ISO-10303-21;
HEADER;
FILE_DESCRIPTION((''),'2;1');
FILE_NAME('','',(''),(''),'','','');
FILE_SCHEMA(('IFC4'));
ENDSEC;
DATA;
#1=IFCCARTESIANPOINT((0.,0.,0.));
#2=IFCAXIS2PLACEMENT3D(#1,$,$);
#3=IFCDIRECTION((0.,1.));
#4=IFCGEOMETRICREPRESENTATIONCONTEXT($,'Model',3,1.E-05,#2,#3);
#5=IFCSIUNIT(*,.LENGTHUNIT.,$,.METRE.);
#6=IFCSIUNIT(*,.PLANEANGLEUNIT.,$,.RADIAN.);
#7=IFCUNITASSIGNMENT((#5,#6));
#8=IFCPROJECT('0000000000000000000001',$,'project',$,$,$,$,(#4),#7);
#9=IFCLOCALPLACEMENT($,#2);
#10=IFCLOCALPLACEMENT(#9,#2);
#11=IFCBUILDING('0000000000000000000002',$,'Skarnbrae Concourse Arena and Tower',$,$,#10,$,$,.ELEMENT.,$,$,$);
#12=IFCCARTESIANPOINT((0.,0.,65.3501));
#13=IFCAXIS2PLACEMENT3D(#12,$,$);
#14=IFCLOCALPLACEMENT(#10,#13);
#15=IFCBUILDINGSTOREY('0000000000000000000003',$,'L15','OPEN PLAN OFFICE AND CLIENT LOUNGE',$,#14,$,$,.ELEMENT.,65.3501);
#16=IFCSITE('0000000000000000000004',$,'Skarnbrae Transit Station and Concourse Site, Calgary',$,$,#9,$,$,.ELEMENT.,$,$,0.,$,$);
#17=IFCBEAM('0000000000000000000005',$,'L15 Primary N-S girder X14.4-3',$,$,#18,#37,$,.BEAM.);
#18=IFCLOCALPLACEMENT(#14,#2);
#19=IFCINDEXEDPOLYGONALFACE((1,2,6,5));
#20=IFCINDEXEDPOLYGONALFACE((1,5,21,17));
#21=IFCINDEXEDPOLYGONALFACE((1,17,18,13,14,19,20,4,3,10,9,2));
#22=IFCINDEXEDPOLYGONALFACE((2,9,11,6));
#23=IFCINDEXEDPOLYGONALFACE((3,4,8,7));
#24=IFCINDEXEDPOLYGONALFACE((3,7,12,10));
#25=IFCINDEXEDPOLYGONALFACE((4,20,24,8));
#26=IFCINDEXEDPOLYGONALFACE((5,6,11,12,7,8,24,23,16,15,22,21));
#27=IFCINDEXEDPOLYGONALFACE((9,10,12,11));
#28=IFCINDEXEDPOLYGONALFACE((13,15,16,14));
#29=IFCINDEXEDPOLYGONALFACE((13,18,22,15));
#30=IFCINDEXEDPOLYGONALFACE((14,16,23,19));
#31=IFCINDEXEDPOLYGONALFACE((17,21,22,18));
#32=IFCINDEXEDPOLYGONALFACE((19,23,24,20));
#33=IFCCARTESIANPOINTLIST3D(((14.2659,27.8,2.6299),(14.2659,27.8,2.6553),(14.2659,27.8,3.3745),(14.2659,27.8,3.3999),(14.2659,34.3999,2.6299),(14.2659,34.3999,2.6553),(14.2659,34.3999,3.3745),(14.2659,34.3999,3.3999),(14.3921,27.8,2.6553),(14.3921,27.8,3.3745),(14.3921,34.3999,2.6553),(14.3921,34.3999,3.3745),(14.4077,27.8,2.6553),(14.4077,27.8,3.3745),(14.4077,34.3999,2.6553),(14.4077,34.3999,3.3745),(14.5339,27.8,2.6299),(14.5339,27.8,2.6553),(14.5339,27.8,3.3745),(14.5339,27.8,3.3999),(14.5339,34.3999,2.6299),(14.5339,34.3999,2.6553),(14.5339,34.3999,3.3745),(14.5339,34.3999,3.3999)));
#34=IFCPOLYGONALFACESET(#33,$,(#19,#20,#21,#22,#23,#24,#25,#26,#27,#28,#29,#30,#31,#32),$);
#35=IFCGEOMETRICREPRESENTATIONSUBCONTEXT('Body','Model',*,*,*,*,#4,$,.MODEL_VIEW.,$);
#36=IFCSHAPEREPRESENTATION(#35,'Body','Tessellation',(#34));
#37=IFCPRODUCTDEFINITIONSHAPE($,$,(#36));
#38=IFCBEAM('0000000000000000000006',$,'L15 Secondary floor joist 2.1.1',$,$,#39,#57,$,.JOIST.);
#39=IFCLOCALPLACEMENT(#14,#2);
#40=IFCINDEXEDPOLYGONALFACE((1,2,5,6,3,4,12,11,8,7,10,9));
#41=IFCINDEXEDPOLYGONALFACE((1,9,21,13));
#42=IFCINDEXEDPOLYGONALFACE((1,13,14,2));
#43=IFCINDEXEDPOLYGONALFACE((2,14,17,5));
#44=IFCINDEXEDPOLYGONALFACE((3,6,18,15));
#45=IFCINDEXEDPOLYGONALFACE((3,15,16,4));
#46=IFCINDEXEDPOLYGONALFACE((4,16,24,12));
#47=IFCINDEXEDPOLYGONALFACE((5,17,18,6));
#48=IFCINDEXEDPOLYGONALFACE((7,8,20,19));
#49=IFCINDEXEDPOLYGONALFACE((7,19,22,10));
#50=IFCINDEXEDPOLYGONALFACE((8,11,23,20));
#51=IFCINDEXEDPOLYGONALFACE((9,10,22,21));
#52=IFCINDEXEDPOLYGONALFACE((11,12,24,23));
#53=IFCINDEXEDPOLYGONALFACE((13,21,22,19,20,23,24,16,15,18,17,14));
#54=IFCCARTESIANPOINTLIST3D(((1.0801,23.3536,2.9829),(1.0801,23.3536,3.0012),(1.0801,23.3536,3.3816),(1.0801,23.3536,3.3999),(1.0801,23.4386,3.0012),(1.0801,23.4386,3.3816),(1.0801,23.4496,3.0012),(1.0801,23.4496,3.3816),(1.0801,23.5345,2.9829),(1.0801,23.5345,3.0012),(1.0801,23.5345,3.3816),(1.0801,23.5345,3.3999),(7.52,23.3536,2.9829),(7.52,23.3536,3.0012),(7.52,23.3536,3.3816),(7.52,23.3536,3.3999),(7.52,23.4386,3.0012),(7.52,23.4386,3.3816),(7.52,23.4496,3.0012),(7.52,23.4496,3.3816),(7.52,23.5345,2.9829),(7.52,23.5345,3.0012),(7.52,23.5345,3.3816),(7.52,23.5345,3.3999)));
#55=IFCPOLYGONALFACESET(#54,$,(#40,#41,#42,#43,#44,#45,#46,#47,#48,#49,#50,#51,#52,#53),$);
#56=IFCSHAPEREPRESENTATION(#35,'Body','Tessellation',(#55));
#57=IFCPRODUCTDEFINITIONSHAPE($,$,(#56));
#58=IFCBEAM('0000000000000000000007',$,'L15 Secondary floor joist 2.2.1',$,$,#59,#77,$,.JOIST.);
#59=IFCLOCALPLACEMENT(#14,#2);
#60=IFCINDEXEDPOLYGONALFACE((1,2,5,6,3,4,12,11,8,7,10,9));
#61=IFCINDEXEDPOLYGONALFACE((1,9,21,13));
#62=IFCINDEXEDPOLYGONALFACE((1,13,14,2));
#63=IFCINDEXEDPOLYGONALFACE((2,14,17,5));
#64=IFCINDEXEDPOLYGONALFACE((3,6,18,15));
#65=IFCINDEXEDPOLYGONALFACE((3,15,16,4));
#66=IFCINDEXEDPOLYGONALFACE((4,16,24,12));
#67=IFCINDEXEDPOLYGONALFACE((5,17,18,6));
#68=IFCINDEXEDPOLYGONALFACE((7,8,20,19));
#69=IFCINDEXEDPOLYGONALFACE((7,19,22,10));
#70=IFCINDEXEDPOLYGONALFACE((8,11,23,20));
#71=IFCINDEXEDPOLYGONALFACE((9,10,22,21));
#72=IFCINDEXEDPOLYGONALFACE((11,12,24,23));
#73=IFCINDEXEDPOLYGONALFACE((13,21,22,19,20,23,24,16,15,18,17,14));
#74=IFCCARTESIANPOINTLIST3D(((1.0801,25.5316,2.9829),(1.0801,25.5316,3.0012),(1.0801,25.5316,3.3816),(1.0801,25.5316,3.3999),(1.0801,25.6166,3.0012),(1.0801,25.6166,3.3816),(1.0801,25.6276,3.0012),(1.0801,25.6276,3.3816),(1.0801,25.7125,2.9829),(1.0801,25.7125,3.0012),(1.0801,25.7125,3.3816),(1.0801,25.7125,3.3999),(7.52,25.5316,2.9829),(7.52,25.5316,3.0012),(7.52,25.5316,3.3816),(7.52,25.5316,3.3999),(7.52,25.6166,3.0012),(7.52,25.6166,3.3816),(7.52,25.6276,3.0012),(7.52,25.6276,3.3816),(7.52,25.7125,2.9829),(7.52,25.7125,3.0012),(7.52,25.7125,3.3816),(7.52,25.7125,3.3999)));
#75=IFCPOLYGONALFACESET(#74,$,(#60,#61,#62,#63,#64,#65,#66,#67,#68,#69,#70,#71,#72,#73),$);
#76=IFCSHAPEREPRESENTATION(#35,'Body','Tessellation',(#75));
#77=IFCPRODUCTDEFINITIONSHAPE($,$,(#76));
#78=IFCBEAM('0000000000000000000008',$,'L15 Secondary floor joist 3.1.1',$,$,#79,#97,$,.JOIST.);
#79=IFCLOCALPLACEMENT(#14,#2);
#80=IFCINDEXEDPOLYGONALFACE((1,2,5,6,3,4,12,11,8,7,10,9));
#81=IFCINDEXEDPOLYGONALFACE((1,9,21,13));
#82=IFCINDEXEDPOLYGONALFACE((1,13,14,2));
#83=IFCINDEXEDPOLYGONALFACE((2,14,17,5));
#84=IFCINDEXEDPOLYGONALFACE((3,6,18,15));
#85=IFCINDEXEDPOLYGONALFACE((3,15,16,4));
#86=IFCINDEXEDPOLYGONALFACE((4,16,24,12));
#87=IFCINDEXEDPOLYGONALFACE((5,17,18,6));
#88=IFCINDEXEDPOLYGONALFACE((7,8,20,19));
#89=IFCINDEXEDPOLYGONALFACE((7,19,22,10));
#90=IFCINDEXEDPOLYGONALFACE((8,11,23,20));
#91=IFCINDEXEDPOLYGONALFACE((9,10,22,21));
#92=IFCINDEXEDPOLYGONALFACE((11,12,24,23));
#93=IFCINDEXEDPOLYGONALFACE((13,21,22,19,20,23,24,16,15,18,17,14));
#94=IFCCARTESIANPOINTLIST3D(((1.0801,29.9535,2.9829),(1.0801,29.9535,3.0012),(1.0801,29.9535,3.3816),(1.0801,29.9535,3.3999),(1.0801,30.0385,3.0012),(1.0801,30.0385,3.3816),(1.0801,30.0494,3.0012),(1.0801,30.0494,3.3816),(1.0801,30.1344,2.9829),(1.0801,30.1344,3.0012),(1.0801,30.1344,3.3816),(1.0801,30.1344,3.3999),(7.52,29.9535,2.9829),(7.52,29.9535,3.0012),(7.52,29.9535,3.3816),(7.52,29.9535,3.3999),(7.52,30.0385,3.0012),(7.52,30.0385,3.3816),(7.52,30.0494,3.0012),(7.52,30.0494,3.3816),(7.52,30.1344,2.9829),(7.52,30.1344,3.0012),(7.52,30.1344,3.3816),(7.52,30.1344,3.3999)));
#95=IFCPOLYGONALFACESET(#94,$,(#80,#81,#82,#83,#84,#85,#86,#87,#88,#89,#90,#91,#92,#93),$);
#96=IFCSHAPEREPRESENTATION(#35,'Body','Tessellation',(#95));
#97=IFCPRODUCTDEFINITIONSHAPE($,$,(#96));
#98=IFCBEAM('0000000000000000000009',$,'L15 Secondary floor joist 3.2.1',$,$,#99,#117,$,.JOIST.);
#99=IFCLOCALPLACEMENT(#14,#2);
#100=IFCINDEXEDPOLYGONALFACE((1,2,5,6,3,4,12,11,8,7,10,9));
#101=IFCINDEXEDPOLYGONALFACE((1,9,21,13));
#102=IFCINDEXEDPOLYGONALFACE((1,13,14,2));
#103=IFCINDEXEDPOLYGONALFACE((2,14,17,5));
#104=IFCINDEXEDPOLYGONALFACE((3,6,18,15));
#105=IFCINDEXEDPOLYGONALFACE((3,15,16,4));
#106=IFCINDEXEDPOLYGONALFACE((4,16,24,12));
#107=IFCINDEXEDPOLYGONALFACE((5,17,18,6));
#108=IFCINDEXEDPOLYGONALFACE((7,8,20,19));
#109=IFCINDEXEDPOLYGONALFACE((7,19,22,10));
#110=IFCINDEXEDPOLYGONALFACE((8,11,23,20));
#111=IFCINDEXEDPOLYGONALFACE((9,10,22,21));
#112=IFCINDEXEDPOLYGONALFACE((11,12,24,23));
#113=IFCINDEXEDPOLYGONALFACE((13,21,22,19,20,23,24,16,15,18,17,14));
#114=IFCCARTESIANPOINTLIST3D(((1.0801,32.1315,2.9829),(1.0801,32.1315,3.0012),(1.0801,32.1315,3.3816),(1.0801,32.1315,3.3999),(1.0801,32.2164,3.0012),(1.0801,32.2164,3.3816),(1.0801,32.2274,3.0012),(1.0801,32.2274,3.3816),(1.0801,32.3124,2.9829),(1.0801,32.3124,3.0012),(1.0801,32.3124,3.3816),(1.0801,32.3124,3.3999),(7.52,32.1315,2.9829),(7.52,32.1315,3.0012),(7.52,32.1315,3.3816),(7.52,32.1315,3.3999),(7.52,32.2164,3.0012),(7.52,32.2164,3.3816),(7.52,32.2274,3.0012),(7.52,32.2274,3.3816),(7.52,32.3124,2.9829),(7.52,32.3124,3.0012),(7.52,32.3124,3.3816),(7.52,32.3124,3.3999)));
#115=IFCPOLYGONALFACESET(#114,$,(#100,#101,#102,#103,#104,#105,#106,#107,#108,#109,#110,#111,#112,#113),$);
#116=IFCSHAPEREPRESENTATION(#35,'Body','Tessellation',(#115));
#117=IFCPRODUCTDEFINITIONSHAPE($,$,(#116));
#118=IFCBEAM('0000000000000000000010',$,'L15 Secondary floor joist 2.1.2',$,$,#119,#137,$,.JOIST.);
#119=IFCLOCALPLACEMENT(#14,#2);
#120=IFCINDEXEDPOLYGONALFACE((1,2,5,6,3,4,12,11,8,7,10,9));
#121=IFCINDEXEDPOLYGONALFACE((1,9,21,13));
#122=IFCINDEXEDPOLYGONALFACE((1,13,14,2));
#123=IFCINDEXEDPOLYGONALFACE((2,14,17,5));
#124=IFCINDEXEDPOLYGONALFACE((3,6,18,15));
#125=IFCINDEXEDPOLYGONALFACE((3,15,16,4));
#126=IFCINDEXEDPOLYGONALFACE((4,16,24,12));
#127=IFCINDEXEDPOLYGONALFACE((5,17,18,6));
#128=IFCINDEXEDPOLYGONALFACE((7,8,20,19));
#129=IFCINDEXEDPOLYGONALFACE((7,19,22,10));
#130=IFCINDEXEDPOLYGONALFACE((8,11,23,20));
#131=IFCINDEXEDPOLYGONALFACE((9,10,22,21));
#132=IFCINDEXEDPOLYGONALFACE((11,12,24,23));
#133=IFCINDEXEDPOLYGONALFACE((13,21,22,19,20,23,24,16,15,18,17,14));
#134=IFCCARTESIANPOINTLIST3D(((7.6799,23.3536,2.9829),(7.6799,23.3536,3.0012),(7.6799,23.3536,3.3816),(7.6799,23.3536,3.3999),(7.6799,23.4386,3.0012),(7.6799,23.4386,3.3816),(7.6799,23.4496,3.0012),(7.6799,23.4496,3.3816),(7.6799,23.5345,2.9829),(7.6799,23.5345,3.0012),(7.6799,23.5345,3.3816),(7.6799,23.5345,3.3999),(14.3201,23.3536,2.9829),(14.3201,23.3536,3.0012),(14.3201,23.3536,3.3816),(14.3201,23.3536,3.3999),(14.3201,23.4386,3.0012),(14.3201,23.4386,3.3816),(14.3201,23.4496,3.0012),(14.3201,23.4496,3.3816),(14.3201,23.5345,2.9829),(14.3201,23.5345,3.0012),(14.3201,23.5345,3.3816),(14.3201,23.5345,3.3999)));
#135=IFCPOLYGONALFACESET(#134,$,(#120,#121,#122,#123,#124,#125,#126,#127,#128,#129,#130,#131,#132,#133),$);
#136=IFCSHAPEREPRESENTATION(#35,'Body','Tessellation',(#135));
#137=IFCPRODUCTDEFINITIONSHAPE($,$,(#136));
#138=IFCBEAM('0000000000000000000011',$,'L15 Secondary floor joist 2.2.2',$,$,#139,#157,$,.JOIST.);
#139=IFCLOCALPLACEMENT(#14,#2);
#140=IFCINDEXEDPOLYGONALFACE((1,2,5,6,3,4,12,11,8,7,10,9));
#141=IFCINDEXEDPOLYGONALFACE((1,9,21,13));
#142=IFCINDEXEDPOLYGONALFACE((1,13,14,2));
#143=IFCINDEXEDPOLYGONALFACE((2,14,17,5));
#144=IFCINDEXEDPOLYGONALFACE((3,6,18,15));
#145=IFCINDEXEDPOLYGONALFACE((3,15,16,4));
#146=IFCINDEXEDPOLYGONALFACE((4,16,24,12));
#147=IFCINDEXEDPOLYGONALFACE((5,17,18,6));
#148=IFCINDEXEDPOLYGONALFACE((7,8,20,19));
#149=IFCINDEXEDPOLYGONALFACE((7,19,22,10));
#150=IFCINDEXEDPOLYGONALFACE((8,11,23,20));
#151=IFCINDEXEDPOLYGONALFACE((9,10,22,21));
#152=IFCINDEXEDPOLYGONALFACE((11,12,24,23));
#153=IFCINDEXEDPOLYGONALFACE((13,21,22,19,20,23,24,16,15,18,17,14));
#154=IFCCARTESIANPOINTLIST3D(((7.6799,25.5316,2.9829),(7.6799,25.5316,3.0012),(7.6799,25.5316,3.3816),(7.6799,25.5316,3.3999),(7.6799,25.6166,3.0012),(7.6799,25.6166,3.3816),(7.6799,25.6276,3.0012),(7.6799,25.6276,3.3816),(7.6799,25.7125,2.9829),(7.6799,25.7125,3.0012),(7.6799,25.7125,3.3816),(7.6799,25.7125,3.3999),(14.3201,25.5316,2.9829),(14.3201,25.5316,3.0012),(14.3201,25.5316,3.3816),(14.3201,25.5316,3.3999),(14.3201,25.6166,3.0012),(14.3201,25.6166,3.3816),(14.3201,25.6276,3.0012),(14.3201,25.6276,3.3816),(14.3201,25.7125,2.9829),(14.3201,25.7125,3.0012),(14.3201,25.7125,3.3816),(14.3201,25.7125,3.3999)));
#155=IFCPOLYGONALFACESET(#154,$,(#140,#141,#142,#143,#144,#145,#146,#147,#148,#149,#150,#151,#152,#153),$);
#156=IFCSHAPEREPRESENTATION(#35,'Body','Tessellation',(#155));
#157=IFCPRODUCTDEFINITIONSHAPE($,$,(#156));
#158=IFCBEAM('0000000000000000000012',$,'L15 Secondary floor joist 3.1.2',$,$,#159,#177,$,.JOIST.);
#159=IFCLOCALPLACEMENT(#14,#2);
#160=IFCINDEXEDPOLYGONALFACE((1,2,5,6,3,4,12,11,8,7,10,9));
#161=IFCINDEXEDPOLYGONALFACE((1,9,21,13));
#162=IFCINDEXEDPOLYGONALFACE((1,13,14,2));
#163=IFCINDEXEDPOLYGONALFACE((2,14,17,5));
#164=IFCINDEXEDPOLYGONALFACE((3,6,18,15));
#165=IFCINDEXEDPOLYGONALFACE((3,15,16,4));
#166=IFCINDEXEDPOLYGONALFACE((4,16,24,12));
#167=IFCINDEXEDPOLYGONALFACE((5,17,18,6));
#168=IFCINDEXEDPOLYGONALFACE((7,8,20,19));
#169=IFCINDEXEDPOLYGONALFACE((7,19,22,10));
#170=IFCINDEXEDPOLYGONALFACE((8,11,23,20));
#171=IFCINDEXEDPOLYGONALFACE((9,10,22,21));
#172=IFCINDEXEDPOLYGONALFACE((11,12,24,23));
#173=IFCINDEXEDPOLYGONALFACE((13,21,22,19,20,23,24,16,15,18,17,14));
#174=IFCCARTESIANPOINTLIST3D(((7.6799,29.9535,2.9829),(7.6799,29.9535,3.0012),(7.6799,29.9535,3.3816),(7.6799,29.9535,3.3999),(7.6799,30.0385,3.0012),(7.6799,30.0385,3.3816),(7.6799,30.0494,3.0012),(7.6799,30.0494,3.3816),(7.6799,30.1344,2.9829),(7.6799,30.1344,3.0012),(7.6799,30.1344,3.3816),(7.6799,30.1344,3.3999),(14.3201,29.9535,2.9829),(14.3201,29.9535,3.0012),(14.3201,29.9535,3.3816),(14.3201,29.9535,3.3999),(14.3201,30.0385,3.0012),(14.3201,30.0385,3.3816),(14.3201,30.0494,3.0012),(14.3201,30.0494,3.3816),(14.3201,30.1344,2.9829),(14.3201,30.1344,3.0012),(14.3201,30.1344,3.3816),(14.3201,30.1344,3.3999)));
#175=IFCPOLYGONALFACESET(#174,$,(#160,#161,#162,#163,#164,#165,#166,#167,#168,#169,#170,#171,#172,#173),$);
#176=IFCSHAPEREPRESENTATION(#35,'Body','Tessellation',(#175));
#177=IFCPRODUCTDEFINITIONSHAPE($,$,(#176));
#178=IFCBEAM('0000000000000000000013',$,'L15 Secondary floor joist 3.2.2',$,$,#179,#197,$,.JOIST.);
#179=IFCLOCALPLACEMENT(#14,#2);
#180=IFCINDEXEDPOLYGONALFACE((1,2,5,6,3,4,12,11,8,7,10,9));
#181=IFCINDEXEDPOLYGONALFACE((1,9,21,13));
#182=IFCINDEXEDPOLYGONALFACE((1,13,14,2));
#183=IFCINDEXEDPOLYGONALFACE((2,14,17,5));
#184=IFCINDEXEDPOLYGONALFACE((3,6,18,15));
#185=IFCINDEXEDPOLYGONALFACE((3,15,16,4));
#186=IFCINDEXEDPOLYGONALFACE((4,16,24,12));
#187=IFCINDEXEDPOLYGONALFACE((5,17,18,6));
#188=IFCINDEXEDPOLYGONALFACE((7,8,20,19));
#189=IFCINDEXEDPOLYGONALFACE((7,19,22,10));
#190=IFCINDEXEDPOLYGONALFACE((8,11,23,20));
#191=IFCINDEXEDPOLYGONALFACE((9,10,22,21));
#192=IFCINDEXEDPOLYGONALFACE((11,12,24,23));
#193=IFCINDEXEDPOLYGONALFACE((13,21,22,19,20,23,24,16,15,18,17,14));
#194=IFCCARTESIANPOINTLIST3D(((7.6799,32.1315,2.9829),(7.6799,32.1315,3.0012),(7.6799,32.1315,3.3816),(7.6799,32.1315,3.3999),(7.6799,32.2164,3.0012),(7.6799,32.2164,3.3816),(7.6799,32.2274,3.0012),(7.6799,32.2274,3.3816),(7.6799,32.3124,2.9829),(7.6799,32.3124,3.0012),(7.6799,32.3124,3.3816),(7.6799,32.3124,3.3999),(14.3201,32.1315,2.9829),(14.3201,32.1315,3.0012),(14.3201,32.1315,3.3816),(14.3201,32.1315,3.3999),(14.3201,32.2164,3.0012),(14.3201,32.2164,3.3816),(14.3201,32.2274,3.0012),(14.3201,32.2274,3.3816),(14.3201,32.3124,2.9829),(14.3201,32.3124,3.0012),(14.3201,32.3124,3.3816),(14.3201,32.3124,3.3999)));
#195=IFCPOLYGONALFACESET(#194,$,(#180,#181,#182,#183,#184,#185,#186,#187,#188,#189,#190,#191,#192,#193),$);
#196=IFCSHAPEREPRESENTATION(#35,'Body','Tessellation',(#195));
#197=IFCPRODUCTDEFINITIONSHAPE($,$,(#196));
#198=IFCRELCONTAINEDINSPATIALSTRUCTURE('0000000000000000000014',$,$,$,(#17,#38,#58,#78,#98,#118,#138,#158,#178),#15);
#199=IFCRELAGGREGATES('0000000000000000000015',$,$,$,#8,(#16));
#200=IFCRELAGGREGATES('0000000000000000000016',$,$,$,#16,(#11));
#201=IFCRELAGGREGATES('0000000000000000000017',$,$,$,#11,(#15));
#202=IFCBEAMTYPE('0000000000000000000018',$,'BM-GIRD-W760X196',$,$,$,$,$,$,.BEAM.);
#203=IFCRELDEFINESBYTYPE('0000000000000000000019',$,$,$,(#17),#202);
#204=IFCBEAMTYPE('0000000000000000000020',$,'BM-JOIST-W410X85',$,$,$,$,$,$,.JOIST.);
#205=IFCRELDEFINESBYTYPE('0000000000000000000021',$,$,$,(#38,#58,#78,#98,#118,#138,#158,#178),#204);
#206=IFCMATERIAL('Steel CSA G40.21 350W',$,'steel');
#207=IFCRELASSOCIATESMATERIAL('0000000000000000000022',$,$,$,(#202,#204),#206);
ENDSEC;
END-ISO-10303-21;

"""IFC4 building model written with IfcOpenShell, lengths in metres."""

from ifc_helpers import new_model, si_unit, direction, frame, origin, origin_2d, place, context, subcontext, project, spatial, i_section, extrude, source, transform, mapped, material, material_profile, profile_set, type_object, element, save


model = new_model("IFC4")

# Units and contexts
model_context = context("Model", 3, precision=1e-05, world=origin(), true_north=direction((0.0, 1.0)))
body_context = subcontext(model_context, "Body", "Model", "MODEL_VIEW")
ifc_project = project(units=[si_unit("LENGTHUNIT", "METRE"), si_unit("PLANEANGLEUNIT", "RADIAN")], contexts=[model_context])

# Site, building, storey
site_placement = place(None, origin())
site = spatial("IfcSite", under=ifc_project, at=site_placement, Name="Skarnbrae Transit Station and Concourse Site, Calgary", CompositionType="ELEMENT", RefElevation=0.0)
building_placement = place(site_placement, origin())
building = spatial("IfcBuilding", under=site, at=building_placement, Name="Skarnbrae Concourse Arena and Tower", CompositionType="ELEMENT")
storey_placement = place(building_placement, frame((0.0, 0.0, 65.3501)))
storey = spatial("IfcBuildingStorey", under=building, at=storey_placement, Name="L15", Description="OPEN PLAN OFFICE AND CLIENT LOUNGE", CompositionType="ELEMENT", Elevation=65.3501)

# Shared definitions
ifc_material_1 = material(Name="Steel CSA G40.21 350W", Category="steel")

# Beams
ifc_material_profile_1 = material_profile(ifc_material_1, i_section(OverallWidth=0.2681, OverallDepth=0.77, WebThickness=0.0156, FlangeThickness=0.0254, at=origin_2d()), Name="W760X196")
ifc_profile_set_1 = profile_set([ifc_material_profile_1], Name="Steel CSA G40.21 350W")
beam_type_1 = type_object("IfcBeamType", Name="BM-GIRD-W760X196", PredefinedType="BEAM", material=ifc_profile_set_1)
shared_shape_1 = source(origin(), body_context, "Body", "SweptSolid", [
    extrude(i_section(OverallWidth=0.2681, OverallDepth=0.77, WebThickness=0.0156, FlangeThickness=0.0254, at=origin_2d()), origin(), (0.0, 0.0, 1.0), 6.5999),
])
for number, where, z_axis, x_axis, name in (
    (1, (14.3999, 27.8, 3.0149), (0.0, 1.0, 0.0), (-1.0, 0.0, 0.0), "L15 Primary N-S girder X14.4-3"),
):
    element("IfcBeam", number, at=place(storey_placement, frame(where, z_axis=z_axis, x_axis=x_axis)), inside=storey, type_object=beam_type_1, Name=name, PredefinedType="BEAM", context=body_context, shape_type="MappedRepresentation", body=[
        mapped(shared_shape_1, transform((0.0, 0.0, 0.0))),
    ])
ifc_material_profile_2 = material_profile(ifc_material_1, i_section(OverallWidth=0.1809, OverallDepth=0.417, WebThickness=0.011, FlangeThickness=0.0183, at=origin_2d()), Name="W410X85")
ifc_profile_set_2 = profile_set([ifc_material_profile_2], Name="Steel CSA G40.21 350W")
beam_type_2 = type_object("IfcBeamType", Name="BM-JOIST-W410X85", PredefinedType="JOIST", material=ifc_profile_set_2)
shared_shape_2 = source(origin(), body_context, "Body", "SweptSolid", [
    extrude(i_section(OverallWidth=0.1809, OverallDepth=0.417, WebThickness=0.011, FlangeThickness=0.0183, at=origin_2d()), origin(), (0.0, 0.0, 1.0), 6.4399),
])
for number, where, z_axis, x_axis, name in (
    (2, (1.0801, 23.4441, 3.1914), (1.0, 0.0, 0.0), (0.0, 1.0, 0.0), "L15 Secondary floor joist 2.1.1"),
    (3, (1.0801, 25.6221, 3.1914), (1.0, 0.0, 0.0), (0.0, 1.0, 0.0), "L15 Secondary floor joist 2.2.1"),
    (4, (1.0801, 30.0439, 3.1914), (1.0, 0.0, 0.0), (0.0, 1.0, 0.0), "L15 Secondary floor joist 3.1.1"),
    (5, (1.0801, 32.2219, 3.1914), (1.0, 0.0, 0.0), (0.0, 1.0, 0.0), "L15 Secondary floor joist 3.2.1"),
):
    element("IfcBeam", number, at=place(storey_placement, frame(where, z_axis=z_axis, x_axis=x_axis)), inside=storey, type_object=beam_type_2, Name=name, PredefinedType="JOIST", context=body_context, shape_type="MappedRepresentation", body=[
        mapped(shared_shape_2, transform((0.0, 0.0, 0.0))),
    ])
shared_shape_3 = source(origin(), body_context, "Body", "SweptSolid", [
    extrude(i_section(OverallWidth=0.1809, OverallDepth=0.417, WebThickness=0.011, FlangeThickness=0.0183, at=origin_2d()), origin(), (0.0, 0.0, 1.0), 6.6401),
])
for number, where, z_axis, x_axis, name in (
    (6, (7.6799, 23.4441, 3.1914), (1.0, 0.0, 0.0), (0.0, 1.0, 0.0), "L15 Secondary floor joist 2.1.2"),
    (7, (7.6799, 25.6221, 3.1914), (1.0, 0.0, 0.0), (0.0, 1.0, 0.0), "L15 Secondary floor joist 2.2.2"),
    (8, (7.6799, 30.0439, 3.1914), (1.0, 0.0, 0.0), (0.0, 1.0, 0.0), "L15 Secondary floor joist 3.1.2"),
    (9, (7.6799, 32.2219, 3.1914), (1.0, 0.0, 0.0), (0.0, 1.0, 0.0), "L15 Secondary floor joist 3.2.2"),
):
    element("IfcBeam", number, at=place(storey_placement, frame(where, z_axis=z_axis, x_axis=x_axis)), inside=storey, type_object=beam_type_2, Name=name, PredefinedType="JOIST", context=body_context, shape_type="MappedRepresentation", body=[
        mapped(shared_shape_3, transform((0.0, 0.0, 0.0))),
    ])

save(model, "model.ifc")
